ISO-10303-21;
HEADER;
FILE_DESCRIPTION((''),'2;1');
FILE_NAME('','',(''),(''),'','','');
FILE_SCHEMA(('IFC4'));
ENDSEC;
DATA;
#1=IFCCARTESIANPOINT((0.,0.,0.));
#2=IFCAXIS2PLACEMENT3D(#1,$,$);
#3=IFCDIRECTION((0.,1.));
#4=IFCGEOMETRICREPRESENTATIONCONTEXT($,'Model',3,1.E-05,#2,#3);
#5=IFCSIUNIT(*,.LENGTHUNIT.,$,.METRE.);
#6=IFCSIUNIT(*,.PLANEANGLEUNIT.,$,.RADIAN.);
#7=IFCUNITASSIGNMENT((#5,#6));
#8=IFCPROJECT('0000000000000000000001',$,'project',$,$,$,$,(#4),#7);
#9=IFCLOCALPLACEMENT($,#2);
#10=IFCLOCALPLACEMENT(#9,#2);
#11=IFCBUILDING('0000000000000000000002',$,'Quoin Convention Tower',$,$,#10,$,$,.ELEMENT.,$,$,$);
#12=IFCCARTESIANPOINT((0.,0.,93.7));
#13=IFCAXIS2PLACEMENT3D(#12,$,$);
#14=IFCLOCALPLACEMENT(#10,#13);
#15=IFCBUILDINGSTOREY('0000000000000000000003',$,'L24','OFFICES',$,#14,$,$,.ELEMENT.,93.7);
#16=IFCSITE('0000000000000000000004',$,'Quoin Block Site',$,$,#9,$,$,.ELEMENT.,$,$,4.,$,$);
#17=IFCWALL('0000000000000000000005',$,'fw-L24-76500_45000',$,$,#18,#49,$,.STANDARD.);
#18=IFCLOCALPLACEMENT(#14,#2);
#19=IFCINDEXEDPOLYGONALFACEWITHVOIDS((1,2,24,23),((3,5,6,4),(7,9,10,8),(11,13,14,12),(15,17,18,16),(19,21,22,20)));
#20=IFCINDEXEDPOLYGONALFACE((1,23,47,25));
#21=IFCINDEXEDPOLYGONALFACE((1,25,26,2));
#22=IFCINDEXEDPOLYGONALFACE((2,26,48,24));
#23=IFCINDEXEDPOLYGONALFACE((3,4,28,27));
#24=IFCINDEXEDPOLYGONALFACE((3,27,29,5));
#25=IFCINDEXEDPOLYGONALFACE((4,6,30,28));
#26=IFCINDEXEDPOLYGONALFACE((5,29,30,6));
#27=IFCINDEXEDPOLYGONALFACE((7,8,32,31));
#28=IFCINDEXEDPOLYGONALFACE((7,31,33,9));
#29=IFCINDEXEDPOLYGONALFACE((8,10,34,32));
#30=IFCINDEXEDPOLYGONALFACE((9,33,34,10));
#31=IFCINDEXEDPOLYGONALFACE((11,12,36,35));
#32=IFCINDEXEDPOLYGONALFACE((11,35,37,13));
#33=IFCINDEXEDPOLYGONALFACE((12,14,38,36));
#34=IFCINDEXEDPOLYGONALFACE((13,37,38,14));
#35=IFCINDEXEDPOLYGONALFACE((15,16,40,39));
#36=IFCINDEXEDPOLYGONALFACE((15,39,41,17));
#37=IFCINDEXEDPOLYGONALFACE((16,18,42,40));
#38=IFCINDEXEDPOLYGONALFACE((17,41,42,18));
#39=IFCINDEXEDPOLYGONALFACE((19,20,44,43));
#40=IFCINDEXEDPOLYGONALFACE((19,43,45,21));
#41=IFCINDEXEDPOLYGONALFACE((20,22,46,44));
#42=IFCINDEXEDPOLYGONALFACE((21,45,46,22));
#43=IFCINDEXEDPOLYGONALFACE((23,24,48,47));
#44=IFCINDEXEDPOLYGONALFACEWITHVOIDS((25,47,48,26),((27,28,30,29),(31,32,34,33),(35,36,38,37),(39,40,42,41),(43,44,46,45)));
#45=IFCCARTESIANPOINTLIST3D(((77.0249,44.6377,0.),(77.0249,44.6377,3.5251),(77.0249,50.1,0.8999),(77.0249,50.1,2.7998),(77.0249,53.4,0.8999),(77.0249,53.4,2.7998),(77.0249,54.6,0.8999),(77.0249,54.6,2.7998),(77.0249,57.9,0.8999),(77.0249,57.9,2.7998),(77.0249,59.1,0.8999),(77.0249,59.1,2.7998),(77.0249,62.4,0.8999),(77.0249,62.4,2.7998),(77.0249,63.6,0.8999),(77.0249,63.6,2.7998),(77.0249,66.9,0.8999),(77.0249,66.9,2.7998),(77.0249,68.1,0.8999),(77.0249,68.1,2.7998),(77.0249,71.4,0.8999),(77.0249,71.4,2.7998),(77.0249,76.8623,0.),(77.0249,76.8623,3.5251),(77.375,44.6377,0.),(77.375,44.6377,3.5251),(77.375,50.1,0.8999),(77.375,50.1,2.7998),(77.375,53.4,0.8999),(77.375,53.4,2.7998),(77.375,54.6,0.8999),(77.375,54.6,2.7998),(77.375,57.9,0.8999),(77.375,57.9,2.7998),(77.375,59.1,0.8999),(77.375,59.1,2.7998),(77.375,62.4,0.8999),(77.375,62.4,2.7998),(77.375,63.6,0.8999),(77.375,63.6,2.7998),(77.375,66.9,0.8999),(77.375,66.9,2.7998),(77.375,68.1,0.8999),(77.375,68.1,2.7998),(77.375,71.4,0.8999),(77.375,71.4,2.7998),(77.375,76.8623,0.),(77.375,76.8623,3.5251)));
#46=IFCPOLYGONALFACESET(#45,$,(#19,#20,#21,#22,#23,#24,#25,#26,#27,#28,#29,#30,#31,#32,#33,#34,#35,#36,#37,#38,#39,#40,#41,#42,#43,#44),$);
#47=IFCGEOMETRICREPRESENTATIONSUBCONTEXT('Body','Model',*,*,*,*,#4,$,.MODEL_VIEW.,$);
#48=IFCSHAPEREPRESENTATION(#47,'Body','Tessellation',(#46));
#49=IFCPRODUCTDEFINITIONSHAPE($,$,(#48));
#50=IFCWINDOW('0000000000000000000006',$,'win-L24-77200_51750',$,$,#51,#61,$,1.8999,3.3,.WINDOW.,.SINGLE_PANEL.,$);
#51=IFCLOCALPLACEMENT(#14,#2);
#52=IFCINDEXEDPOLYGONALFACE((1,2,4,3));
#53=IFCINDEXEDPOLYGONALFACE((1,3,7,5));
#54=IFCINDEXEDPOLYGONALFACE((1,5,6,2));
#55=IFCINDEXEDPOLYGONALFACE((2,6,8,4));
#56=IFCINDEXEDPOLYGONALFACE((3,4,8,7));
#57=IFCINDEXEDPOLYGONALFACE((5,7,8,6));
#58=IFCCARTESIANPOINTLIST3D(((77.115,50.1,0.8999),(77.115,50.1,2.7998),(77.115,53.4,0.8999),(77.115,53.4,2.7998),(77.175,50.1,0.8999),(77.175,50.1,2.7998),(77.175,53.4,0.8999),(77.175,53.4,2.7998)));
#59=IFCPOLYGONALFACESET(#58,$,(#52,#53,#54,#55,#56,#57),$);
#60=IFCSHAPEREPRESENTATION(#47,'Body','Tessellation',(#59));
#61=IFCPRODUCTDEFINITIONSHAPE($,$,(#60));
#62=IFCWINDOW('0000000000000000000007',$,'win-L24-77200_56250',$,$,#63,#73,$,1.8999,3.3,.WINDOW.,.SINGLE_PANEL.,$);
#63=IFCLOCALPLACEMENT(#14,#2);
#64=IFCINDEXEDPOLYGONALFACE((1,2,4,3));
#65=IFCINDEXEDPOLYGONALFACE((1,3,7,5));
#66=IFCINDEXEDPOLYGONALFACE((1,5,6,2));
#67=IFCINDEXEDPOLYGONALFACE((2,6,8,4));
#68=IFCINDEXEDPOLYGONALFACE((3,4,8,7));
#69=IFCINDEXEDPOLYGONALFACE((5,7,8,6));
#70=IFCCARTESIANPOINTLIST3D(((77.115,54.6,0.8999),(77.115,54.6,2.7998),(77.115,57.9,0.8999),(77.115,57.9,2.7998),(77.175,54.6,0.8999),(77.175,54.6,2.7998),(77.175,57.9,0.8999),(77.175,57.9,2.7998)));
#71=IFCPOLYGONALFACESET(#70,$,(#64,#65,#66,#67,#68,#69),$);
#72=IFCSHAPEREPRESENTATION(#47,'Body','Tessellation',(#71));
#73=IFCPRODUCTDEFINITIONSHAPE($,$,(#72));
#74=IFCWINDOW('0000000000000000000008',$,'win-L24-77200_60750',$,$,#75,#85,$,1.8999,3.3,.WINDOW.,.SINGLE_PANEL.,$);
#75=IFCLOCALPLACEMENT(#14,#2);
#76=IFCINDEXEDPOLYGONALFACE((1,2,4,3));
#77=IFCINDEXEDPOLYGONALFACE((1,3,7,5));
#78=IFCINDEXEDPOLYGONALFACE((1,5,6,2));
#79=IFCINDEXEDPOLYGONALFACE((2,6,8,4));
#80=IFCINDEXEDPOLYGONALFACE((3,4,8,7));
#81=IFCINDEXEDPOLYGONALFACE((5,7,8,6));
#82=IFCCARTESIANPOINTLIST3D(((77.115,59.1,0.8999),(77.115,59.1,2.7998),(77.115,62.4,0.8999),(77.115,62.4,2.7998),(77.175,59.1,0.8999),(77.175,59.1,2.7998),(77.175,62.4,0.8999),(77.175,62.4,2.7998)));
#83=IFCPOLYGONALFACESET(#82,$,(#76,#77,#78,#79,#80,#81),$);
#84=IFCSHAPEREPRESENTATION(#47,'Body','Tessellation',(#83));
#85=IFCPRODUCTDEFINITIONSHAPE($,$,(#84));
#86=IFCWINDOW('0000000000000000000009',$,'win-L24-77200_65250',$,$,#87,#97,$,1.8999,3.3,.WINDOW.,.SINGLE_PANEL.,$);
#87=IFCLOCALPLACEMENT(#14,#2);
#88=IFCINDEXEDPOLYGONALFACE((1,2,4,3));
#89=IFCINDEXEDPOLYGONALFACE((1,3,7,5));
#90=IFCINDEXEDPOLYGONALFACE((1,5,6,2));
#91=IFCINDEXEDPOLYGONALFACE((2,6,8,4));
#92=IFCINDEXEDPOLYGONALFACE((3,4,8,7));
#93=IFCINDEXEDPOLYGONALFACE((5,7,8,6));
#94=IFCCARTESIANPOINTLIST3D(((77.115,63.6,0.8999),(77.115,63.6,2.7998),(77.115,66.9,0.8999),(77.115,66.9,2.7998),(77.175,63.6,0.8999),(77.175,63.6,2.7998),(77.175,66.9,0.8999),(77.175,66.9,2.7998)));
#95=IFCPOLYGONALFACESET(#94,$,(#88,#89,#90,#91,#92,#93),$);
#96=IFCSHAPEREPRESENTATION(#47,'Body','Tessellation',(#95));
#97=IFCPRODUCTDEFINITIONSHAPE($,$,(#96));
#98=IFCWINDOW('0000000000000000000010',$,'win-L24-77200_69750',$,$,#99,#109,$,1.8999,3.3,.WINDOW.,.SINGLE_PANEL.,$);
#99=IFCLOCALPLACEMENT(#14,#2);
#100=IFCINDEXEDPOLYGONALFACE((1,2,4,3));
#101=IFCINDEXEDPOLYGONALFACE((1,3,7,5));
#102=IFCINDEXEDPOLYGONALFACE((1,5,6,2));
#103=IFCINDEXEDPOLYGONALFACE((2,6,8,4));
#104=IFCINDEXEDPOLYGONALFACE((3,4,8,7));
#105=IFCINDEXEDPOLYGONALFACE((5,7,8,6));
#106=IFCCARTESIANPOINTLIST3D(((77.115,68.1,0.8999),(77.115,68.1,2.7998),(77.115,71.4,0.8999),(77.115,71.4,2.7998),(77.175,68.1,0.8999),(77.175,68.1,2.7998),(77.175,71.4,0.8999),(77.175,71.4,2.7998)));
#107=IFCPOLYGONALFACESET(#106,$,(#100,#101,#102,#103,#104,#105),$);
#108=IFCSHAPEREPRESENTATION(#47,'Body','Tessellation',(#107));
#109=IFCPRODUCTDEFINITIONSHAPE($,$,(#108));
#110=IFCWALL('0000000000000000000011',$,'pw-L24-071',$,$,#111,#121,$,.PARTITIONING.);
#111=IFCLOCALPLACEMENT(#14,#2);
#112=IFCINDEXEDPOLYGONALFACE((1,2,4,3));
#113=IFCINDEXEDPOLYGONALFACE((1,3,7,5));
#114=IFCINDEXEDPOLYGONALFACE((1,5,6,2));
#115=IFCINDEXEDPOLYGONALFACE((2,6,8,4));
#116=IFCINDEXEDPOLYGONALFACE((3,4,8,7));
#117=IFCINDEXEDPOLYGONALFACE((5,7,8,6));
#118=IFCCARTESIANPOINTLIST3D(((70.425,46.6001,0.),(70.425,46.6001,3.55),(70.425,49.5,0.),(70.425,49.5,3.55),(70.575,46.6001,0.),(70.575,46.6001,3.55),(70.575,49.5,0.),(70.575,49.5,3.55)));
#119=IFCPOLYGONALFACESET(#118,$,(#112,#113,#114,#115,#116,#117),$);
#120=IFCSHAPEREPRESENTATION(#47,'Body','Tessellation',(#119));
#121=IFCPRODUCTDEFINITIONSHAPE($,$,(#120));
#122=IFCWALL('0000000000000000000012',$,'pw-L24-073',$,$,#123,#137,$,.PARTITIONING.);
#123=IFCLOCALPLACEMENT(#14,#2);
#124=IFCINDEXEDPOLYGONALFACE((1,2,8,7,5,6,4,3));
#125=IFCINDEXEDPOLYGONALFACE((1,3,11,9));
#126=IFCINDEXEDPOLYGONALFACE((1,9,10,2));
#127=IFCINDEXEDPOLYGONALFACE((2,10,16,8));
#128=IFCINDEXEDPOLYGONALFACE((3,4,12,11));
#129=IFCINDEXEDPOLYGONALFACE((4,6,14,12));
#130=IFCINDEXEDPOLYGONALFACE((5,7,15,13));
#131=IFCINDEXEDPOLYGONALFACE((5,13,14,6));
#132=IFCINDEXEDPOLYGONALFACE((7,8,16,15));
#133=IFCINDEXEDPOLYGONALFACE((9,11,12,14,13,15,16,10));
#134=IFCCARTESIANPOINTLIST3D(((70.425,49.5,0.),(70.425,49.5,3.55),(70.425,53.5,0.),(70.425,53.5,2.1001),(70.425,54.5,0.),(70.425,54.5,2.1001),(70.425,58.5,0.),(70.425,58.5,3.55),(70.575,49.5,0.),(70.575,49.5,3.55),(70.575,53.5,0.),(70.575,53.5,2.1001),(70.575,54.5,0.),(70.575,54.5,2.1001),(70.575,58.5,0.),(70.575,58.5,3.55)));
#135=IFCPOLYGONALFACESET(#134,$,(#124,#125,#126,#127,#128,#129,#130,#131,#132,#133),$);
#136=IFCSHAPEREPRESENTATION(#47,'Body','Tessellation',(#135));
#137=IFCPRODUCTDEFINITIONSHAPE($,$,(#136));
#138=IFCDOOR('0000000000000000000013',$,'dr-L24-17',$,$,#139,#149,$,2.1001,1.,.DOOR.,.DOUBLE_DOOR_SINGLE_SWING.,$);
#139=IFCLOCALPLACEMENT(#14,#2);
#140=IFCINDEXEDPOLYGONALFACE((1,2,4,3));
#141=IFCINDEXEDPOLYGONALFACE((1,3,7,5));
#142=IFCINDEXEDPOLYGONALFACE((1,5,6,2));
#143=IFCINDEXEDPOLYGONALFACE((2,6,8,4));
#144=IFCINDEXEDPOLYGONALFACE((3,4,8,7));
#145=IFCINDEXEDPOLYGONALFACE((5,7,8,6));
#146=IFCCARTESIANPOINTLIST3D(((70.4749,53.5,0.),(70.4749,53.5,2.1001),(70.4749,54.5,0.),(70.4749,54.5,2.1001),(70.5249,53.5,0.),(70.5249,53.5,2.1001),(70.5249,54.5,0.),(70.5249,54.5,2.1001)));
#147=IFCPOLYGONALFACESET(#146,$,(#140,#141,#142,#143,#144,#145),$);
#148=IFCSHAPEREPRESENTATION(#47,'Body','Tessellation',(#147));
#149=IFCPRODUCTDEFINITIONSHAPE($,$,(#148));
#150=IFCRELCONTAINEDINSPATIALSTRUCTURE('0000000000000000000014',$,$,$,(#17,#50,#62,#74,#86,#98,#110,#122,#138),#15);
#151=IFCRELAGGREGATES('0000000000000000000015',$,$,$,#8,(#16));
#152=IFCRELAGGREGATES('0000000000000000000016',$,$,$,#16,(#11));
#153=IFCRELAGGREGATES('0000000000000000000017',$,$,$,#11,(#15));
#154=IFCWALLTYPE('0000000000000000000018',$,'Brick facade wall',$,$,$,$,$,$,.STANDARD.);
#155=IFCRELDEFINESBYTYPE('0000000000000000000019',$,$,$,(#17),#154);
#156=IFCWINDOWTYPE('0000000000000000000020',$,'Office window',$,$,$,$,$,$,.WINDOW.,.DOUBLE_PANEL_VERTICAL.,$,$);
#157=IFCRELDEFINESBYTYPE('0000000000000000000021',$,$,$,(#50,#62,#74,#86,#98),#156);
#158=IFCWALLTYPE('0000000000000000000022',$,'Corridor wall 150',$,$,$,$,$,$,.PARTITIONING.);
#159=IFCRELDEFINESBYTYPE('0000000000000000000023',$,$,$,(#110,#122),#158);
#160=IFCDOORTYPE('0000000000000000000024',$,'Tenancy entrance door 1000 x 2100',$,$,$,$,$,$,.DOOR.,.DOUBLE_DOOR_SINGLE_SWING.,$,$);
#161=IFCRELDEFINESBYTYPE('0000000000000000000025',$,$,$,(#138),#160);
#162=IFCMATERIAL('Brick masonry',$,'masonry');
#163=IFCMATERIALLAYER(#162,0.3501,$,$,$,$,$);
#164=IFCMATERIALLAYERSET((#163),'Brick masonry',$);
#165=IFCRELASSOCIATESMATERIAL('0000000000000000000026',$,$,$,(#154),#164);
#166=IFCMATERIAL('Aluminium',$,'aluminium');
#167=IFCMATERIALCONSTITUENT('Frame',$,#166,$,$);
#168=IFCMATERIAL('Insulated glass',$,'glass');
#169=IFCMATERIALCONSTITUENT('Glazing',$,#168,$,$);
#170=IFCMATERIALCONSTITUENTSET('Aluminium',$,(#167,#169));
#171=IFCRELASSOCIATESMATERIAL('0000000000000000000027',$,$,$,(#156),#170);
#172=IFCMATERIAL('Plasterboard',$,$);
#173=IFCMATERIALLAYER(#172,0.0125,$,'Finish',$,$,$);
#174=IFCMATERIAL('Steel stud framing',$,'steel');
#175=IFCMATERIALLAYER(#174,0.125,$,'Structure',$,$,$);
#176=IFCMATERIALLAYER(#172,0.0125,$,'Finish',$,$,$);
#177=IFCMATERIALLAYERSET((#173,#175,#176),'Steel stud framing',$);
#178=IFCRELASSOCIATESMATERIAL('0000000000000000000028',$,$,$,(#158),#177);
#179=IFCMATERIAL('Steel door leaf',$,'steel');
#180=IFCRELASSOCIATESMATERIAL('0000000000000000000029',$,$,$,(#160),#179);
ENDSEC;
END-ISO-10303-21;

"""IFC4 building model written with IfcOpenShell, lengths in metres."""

from ifc_helpers import new_model, si_unit, direction, frame, frame_2d, origin, place, context, subcontext, project, spatial, rectangle, extrude, material, layer, layer_set, constituent, constituent_set, type_object, element, fill, save


model = new_model("IFC4")

# Units and contexts
model_context = context("Model", 3, precision=1e-05, world=origin(), true_north=direction((0.0, 1.0)))
body_context = subcontext(model_context, "Body", "Model", "MODEL_VIEW")
ifc_project = project(units=[si_unit("LENGTHUNIT", "METRE"), si_unit("PLANEANGLEUNIT", "RADIAN")], contexts=[model_context])

# Site, building, storey
site_placement = place(None, origin())
site = spatial("IfcSite", under=ifc_project, at=site_placement, Name="Quoin Block Site", CompositionType="ELEMENT", RefElevation=4.0)
building_placement = place(site_placement, origin())
building = spatial("IfcBuilding", under=site, at=building_placement, Name="Quoin Convention Tower", CompositionType="ELEMENT")
storey_placement = place(building_placement, frame((0.0, 0.0, 93.7)))
storey = spatial("IfcBuildingStorey", under=building, at=storey_placement, Name="L24", Description="OFFICES", CompositionType="ELEMENT", Elevation=93.7)

# Wall, openings, windows
ifc_material_1 = material(Name="Brick masonry", Category="masonry")
ifc_layer_1 = layer(ifc_material_1, 0.3501)
ifc_layer_set_1 = layer_set([ifc_layer_1], Name="Brick masonry")
wall_type_1 = type_object("IfcWallType", Name="Brick facade wall", PredefinedType="STANDARD", material=ifc_layer_set_1)
wall_1_placement = place(storey_placement, frame((77.2, 44.6377, 0.0), z_axis=(0.0, 0.0, 1.0), x_axis=(0.0, 1.0, 0.0)))
wall_1 = element("IfcWall", 1, at=wall_1_placement, inside=storey, type_object=wall_type_1, Name="fw-L24-76500_45000", PredefinedType="STANDARD", context=body_context, shape_type="SweptSolid", body=[
    extrude(rectangle(XDim=32.2246, YDim=0.3501, at=frame_2d((16.1123, 0.0))), origin(), (0.0, 0.0, 1.0), 3.5251),
])
opening_1_placement = place(wall_1_placement, frame((5.4624, 0.0, 0.8999)))
opening_1 = element("IfcOpeningElement", 2, at=opening_1_placement, cuts=wall_1, PredefinedType="OPENING", context=body_context, shape_type="SweptSolid", body=[
    extrude(rectangle(XDim=3.3, YDim=1.8999, at=frame_2d((1.6499, 0.95))), frame((0.0, 0.1851, 0.0), z_axis=(0.0, -1.0, 0.0), x_axis=(1.0, 0.0, 0.0)), (0.0, 0.0, 1.0), 0.3701),
])
opening_2_placement = place(wall_1_placement, frame((9.9624, 0.0, 0.8999)))
opening_2 = element("IfcOpeningElement", 3, at=opening_2_placement, cuts=wall_1, PredefinedType="OPENING", context=body_context, shape_type="SweptSolid", body=[
    extrude(rectangle(XDim=3.3, YDim=1.8999, at=frame_2d((1.6499, 0.95))), frame((0.0, 0.1851, 0.0), z_axis=(0.0, -1.0, 0.0), x_axis=(1.0, 0.0, 0.0)), (0.0, 0.0, 1.0), 0.3701),
])
opening_3_placement = place(wall_1_placement, frame((14.4624, 0.0, 0.8999)))
opening_3 = element("IfcOpeningElement", 4, at=opening_3_placement, cuts=wall_1, PredefinedType="OPENING", context=body_context, shape_type="SweptSolid", body=[
    extrude(rectangle(XDim=3.3, YDim=1.8999, at=frame_2d((1.6499, 0.95))), frame((0.0, 0.1851, 0.0), z_axis=(0.0, -1.0, 0.0), x_axis=(1.0, 0.0, 0.0)), (0.0, 0.0, 1.0), 0.3701),
])
opening_4_placement = place(wall_1_placement, frame((18.9624, 0.0, 0.8999)))
opening_4 = element("IfcOpeningElement", 5, at=opening_4_placement, cuts=wall_1, PredefinedType="OPENING", context=body_context, shape_type="SweptSolid", body=[
    extrude(rectangle(XDim=3.3, YDim=1.8999, at=frame_2d((1.6499, 0.95))), frame((0.0, 0.1851, 0.0), z_axis=(0.0, -1.0, 0.0), x_axis=(1.0, 0.0, 0.0)), (0.0, 0.0, 1.0), 0.3701),
])
opening_5_placement = place(wall_1_placement, frame((23.4624, 0.0, 0.8999)))
opening_5 = element("IfcOpeningElement", 6, at=opening_5_placement, cuts=wall_1, PredefinedType="OPENING", context=body_context, shape_type="SweptSolid", body=[
    extrude(rectangle(XDim=3.3, YDim=1.8999, at=frame_2d((1.6499, 0.95))), frame((0.0, 0.1851, 0.0), z_axis=(0.0, -1.0, 0.0), x_axis=(1.0, 0.0, 0.0)), (0.0, 0.0, 1.0), 0.3701),
])
ifc_material_2 = material(Name="Aluminium", Category="aluminium")
ifc_constituent_1 = constituent(ifc_material_2, Name="Frame")
ifc_material_3 = material(Name="Insulated glass", Category="glass")
ifc_constituent_2 = constituent(ifc_material_3, Name="Glazing")
ifc_constituent_set = constituent_set(constituents=[ifc_constituent_1, ifc_constituent_2], Name="Aluminium")
window_type = type_object("IfcWindowType", Name="Office window", PartitioningType="DOUBLE_PANEL_VERTICAL", PredefinedType="WINDOW", material=ifc_constituent_set)
window_1_placement = place(opening_1_placement, origin())
window_1 = element("IfcWindow", 7, at=window_1_placement, inside=storey, type_object=window_type, Name="win-L24-77200_51750", OverallHeight=1.8999, OverallWidth=3.3, PartitioningType="SINGLE_PANEL", PredefinedType="WINDOW", context=body_context, shape_type="SweptSolid", body=[
    extrude(rectangle(XDim=3.3, YDim=1.8999, at=frame_2d((1.6499, 0.95))), frame((0.0, 0.085, 0.0), z_axis=(0.0, -1.0, 0.0), x_axis=(1.0, 0.0, 0.0)), (0.0, 0.0, 1.0), 0.0601),
])
fill(opening_1, window_1)
window_2_placement = place(opening_2_placement, origin())
window_2 = element("IfcWindow", 8, at=window_2_placement, inside=storey, type_object=window_type, Name="win-L24-77200_56250", OverallHeight=1.8999, OverallWidth=3.3, PartitioningType="SINGLE_PANEL", PredefinedType="WINDOW", context=body_context, shape_type="SweptSolid", body=[
    extrude(rectangle(XDim=3.3, YDim=1.8999, at=frame_2d((1.6499, 0.95))), frame((0.0, 0.085, 0.0), z_axis=(0.0, -1.0, 0.0), x_axis=(1.0, 0.0, 0.0)), (0.0, 0.0, 1.0), 0.0601),
])
fill(opening_2, window_2)
window_3_placement = place(opening_3_placement, origin())
window_3 = element("IfcWindow", 9, at=window_3_placement, inside=storey, type_object=window_type, Name="win-L24-77200_60750", OverallHeight=1.8999, OverallWidth=3.3, PartitioningType="SINGLE_PANEL", PredefinedType="WINDOW", context=body_context, shape_type="SweptSolid", body=[
    extrude(rectangle(XDim=3.3, YDim=1.8999, at=frame_2d((1.6499, 0.95))), frame((0.0, 0.085, 0.0), z_axis=(0.0, -1.0, 0.0), x_axis=(1.0, 0.0, 0.0)), (0.0, 0.0, 1.0), 0.0601),
])
fill(opening_3, window_3)
window_4_placement = place(opening_4_placement, origin())
window_4 = element("IfcWindow", 10, at=window_4_placement, inside=storey, type_object=window_type, Name="win-L24-77200_65250", OverallHeight=1.8999, OverallWidth=3.3, PartitioningType="SINGLE_PANEL", PredefinedType="WINDOW", context=body_context, shape_type="SweptSolid", body=[
    extrude(rectangle(XDim=3.3, YDim=1.8999, at=frame_2d((1.6499, 0.95))), frame((0.0, 0.085, 0.0), z_axis=(0.0, -1.0, 0.0), x_axis=(1.0, 0.0, 0.0)), (0.0, 0.0, 1.0), 0.0601),
])
fill(opening_4, window_4)
window_5_placement = place(opening_5_placement, origin())
window_5 = element("IfcWindow", 11, at=window_5_placement, inside=storey, type_object=window_type, Name="win-L24-77200_69750", OverallHeight=1.8999, OverallWidth=3.3, PartitioningType="SINGLE_PANEL", PredefinedType="WINDOW", context=body_context, shape_type="SweptSolid", body=[
    extrude(rectangle(XDim=3.3, YDim=1.8999, at=frame_2d((1.6499, 0.95))), frame((0.0, 0.085, 0.0), z_axis=(0.0, -1.0, 0.0), x_axis=(1.0, 0.0, 0.0)), (0.0, 0.0, 1.0), 0.0601),
])
fill(opening_5, window_5)

# Wall
ifc_material_4 = material(Name="Plasterboard")
ifc_layer_2 = layer(ifc_material_4, 0.0125, Name="Finish")
ifc_material_5 = material(Name="Steel stud framing", Category="steel")
ifc_layer_3 = layer(ifc_material_5, 0.125, Name="Structure")
ifc_layer_4 = layer(ifc_material_4, 0.0125, Name="Finish")
ifc_layer_set_2 = layer_set([ifc_layer_2, ifc_layer_3, ifc_layer_4], Name="Steel stud framing")
wall_type_2 = type_object("IfcWallType", Name="Corridor wall 150", PredefinedType="PARTITIONING", material=ifc_layer_set_2)
wall_2_placement = place(storey_placement, frame((70.5, 46.6001, 0.0), z_axis=(0.0, 0.0, 1.0), x_axis=(0.0, 1.0, 0.0)))
element("IfcWall", 12, at=wall_2_placement, inside=storey, type_object=wall_type_2, Name="pw-L24-071", PredefinedType="PARTITIONING", context=body_context, shape_type="SweptSolid", body=[
    extrude(rectangle(XDim=2.8999, YDim=0.1499, at=frame_2d((1.45, 0.0))), origin(), (0.0, 0.0, 1.0), 3.55),
])

# Wall, opening, door
wall_3_placement = place(storey_placement, frame((70.5, 49.5, 0.0), z_axis=(0.0, 0.0, 1.0), x_axis=(0.0, 1.0, 0.0)))
wall_3 = element("IfcWall", 13, at=wall_3_placement, inside=storey, type_object=wall_type_2, Name="pw-L24-073", PredefinedType="PARTITIONING", context=body_context, shape_type="SweptSolid", body=[
    extrude(rectangle(XDim=9.0, YDim=0.1499, at=frame_2d((4.5, 0.0))), origin(), (0.0, 0.0, 1.0), 3.55),
])
opening_6_placement = place(wall_3_placement, frame((4.0, 0.0, 0.0)))
opening_6 = element("IfcOpeningElement", 14, at=opening_6_placement, cuts=wall_3, PredefinedType="OPENING", context=body_context, shape_type="SweptSolid", body=[
    extrude(rectangle(XDim=1.0, YDim=2.1001, at=frame_2d((0.5, 1.05))), frame((0.0, 0.085, 0.0), z_axis=(0.0, -1.0, 0.0), x_axis=(1.0, 0.0, 0.0)), (0.0, 0.0, 1.0), 0.1699),
])
ifc_material_6 = material(Name="Steel door leaf", Category="steel")
door_type_1 = type_object("IfcDoorType", Name="Tenancy entrance door 1000 x 2100", OperationType="DOUBLE_DOOR_SINGLE_SWING", PredefinedType="DOOR", material=ifc_material_6)
door_1_placement = place(opening_6_placement, frame((1.0, 0.0, 0.0), z_axis=(0.0, 0.0, 1.0), x_axis=(-1.0, 0.0, 0.0)))
door_1 = element("IfcDoor", 15, at=door_1_placement, inside=storey, type_object=door_type_1, Name="dr-L24-17", OperationType="DOUBLE_DOOR_SINGLE_SWING", OverallHeight=2.1001, OverallWidth=1.0, PredefinedType="DOOR", context=body_context, shape_type="SweptSolid", body=[
    extrude(rectangle(XDim=1.0, YDim=2.1001, at=frame_2d((0.5, 1.05))), frame((0.0, 0.0249, 0.0), z_axis=(0.0, -1.0, 0.0), x_axis=(1.0, 0.0, 0.0)), (0.0, 0.0, 1.0), 0.05),
])
fill(opening_6, door_1)

save(model, "model.ifc")
